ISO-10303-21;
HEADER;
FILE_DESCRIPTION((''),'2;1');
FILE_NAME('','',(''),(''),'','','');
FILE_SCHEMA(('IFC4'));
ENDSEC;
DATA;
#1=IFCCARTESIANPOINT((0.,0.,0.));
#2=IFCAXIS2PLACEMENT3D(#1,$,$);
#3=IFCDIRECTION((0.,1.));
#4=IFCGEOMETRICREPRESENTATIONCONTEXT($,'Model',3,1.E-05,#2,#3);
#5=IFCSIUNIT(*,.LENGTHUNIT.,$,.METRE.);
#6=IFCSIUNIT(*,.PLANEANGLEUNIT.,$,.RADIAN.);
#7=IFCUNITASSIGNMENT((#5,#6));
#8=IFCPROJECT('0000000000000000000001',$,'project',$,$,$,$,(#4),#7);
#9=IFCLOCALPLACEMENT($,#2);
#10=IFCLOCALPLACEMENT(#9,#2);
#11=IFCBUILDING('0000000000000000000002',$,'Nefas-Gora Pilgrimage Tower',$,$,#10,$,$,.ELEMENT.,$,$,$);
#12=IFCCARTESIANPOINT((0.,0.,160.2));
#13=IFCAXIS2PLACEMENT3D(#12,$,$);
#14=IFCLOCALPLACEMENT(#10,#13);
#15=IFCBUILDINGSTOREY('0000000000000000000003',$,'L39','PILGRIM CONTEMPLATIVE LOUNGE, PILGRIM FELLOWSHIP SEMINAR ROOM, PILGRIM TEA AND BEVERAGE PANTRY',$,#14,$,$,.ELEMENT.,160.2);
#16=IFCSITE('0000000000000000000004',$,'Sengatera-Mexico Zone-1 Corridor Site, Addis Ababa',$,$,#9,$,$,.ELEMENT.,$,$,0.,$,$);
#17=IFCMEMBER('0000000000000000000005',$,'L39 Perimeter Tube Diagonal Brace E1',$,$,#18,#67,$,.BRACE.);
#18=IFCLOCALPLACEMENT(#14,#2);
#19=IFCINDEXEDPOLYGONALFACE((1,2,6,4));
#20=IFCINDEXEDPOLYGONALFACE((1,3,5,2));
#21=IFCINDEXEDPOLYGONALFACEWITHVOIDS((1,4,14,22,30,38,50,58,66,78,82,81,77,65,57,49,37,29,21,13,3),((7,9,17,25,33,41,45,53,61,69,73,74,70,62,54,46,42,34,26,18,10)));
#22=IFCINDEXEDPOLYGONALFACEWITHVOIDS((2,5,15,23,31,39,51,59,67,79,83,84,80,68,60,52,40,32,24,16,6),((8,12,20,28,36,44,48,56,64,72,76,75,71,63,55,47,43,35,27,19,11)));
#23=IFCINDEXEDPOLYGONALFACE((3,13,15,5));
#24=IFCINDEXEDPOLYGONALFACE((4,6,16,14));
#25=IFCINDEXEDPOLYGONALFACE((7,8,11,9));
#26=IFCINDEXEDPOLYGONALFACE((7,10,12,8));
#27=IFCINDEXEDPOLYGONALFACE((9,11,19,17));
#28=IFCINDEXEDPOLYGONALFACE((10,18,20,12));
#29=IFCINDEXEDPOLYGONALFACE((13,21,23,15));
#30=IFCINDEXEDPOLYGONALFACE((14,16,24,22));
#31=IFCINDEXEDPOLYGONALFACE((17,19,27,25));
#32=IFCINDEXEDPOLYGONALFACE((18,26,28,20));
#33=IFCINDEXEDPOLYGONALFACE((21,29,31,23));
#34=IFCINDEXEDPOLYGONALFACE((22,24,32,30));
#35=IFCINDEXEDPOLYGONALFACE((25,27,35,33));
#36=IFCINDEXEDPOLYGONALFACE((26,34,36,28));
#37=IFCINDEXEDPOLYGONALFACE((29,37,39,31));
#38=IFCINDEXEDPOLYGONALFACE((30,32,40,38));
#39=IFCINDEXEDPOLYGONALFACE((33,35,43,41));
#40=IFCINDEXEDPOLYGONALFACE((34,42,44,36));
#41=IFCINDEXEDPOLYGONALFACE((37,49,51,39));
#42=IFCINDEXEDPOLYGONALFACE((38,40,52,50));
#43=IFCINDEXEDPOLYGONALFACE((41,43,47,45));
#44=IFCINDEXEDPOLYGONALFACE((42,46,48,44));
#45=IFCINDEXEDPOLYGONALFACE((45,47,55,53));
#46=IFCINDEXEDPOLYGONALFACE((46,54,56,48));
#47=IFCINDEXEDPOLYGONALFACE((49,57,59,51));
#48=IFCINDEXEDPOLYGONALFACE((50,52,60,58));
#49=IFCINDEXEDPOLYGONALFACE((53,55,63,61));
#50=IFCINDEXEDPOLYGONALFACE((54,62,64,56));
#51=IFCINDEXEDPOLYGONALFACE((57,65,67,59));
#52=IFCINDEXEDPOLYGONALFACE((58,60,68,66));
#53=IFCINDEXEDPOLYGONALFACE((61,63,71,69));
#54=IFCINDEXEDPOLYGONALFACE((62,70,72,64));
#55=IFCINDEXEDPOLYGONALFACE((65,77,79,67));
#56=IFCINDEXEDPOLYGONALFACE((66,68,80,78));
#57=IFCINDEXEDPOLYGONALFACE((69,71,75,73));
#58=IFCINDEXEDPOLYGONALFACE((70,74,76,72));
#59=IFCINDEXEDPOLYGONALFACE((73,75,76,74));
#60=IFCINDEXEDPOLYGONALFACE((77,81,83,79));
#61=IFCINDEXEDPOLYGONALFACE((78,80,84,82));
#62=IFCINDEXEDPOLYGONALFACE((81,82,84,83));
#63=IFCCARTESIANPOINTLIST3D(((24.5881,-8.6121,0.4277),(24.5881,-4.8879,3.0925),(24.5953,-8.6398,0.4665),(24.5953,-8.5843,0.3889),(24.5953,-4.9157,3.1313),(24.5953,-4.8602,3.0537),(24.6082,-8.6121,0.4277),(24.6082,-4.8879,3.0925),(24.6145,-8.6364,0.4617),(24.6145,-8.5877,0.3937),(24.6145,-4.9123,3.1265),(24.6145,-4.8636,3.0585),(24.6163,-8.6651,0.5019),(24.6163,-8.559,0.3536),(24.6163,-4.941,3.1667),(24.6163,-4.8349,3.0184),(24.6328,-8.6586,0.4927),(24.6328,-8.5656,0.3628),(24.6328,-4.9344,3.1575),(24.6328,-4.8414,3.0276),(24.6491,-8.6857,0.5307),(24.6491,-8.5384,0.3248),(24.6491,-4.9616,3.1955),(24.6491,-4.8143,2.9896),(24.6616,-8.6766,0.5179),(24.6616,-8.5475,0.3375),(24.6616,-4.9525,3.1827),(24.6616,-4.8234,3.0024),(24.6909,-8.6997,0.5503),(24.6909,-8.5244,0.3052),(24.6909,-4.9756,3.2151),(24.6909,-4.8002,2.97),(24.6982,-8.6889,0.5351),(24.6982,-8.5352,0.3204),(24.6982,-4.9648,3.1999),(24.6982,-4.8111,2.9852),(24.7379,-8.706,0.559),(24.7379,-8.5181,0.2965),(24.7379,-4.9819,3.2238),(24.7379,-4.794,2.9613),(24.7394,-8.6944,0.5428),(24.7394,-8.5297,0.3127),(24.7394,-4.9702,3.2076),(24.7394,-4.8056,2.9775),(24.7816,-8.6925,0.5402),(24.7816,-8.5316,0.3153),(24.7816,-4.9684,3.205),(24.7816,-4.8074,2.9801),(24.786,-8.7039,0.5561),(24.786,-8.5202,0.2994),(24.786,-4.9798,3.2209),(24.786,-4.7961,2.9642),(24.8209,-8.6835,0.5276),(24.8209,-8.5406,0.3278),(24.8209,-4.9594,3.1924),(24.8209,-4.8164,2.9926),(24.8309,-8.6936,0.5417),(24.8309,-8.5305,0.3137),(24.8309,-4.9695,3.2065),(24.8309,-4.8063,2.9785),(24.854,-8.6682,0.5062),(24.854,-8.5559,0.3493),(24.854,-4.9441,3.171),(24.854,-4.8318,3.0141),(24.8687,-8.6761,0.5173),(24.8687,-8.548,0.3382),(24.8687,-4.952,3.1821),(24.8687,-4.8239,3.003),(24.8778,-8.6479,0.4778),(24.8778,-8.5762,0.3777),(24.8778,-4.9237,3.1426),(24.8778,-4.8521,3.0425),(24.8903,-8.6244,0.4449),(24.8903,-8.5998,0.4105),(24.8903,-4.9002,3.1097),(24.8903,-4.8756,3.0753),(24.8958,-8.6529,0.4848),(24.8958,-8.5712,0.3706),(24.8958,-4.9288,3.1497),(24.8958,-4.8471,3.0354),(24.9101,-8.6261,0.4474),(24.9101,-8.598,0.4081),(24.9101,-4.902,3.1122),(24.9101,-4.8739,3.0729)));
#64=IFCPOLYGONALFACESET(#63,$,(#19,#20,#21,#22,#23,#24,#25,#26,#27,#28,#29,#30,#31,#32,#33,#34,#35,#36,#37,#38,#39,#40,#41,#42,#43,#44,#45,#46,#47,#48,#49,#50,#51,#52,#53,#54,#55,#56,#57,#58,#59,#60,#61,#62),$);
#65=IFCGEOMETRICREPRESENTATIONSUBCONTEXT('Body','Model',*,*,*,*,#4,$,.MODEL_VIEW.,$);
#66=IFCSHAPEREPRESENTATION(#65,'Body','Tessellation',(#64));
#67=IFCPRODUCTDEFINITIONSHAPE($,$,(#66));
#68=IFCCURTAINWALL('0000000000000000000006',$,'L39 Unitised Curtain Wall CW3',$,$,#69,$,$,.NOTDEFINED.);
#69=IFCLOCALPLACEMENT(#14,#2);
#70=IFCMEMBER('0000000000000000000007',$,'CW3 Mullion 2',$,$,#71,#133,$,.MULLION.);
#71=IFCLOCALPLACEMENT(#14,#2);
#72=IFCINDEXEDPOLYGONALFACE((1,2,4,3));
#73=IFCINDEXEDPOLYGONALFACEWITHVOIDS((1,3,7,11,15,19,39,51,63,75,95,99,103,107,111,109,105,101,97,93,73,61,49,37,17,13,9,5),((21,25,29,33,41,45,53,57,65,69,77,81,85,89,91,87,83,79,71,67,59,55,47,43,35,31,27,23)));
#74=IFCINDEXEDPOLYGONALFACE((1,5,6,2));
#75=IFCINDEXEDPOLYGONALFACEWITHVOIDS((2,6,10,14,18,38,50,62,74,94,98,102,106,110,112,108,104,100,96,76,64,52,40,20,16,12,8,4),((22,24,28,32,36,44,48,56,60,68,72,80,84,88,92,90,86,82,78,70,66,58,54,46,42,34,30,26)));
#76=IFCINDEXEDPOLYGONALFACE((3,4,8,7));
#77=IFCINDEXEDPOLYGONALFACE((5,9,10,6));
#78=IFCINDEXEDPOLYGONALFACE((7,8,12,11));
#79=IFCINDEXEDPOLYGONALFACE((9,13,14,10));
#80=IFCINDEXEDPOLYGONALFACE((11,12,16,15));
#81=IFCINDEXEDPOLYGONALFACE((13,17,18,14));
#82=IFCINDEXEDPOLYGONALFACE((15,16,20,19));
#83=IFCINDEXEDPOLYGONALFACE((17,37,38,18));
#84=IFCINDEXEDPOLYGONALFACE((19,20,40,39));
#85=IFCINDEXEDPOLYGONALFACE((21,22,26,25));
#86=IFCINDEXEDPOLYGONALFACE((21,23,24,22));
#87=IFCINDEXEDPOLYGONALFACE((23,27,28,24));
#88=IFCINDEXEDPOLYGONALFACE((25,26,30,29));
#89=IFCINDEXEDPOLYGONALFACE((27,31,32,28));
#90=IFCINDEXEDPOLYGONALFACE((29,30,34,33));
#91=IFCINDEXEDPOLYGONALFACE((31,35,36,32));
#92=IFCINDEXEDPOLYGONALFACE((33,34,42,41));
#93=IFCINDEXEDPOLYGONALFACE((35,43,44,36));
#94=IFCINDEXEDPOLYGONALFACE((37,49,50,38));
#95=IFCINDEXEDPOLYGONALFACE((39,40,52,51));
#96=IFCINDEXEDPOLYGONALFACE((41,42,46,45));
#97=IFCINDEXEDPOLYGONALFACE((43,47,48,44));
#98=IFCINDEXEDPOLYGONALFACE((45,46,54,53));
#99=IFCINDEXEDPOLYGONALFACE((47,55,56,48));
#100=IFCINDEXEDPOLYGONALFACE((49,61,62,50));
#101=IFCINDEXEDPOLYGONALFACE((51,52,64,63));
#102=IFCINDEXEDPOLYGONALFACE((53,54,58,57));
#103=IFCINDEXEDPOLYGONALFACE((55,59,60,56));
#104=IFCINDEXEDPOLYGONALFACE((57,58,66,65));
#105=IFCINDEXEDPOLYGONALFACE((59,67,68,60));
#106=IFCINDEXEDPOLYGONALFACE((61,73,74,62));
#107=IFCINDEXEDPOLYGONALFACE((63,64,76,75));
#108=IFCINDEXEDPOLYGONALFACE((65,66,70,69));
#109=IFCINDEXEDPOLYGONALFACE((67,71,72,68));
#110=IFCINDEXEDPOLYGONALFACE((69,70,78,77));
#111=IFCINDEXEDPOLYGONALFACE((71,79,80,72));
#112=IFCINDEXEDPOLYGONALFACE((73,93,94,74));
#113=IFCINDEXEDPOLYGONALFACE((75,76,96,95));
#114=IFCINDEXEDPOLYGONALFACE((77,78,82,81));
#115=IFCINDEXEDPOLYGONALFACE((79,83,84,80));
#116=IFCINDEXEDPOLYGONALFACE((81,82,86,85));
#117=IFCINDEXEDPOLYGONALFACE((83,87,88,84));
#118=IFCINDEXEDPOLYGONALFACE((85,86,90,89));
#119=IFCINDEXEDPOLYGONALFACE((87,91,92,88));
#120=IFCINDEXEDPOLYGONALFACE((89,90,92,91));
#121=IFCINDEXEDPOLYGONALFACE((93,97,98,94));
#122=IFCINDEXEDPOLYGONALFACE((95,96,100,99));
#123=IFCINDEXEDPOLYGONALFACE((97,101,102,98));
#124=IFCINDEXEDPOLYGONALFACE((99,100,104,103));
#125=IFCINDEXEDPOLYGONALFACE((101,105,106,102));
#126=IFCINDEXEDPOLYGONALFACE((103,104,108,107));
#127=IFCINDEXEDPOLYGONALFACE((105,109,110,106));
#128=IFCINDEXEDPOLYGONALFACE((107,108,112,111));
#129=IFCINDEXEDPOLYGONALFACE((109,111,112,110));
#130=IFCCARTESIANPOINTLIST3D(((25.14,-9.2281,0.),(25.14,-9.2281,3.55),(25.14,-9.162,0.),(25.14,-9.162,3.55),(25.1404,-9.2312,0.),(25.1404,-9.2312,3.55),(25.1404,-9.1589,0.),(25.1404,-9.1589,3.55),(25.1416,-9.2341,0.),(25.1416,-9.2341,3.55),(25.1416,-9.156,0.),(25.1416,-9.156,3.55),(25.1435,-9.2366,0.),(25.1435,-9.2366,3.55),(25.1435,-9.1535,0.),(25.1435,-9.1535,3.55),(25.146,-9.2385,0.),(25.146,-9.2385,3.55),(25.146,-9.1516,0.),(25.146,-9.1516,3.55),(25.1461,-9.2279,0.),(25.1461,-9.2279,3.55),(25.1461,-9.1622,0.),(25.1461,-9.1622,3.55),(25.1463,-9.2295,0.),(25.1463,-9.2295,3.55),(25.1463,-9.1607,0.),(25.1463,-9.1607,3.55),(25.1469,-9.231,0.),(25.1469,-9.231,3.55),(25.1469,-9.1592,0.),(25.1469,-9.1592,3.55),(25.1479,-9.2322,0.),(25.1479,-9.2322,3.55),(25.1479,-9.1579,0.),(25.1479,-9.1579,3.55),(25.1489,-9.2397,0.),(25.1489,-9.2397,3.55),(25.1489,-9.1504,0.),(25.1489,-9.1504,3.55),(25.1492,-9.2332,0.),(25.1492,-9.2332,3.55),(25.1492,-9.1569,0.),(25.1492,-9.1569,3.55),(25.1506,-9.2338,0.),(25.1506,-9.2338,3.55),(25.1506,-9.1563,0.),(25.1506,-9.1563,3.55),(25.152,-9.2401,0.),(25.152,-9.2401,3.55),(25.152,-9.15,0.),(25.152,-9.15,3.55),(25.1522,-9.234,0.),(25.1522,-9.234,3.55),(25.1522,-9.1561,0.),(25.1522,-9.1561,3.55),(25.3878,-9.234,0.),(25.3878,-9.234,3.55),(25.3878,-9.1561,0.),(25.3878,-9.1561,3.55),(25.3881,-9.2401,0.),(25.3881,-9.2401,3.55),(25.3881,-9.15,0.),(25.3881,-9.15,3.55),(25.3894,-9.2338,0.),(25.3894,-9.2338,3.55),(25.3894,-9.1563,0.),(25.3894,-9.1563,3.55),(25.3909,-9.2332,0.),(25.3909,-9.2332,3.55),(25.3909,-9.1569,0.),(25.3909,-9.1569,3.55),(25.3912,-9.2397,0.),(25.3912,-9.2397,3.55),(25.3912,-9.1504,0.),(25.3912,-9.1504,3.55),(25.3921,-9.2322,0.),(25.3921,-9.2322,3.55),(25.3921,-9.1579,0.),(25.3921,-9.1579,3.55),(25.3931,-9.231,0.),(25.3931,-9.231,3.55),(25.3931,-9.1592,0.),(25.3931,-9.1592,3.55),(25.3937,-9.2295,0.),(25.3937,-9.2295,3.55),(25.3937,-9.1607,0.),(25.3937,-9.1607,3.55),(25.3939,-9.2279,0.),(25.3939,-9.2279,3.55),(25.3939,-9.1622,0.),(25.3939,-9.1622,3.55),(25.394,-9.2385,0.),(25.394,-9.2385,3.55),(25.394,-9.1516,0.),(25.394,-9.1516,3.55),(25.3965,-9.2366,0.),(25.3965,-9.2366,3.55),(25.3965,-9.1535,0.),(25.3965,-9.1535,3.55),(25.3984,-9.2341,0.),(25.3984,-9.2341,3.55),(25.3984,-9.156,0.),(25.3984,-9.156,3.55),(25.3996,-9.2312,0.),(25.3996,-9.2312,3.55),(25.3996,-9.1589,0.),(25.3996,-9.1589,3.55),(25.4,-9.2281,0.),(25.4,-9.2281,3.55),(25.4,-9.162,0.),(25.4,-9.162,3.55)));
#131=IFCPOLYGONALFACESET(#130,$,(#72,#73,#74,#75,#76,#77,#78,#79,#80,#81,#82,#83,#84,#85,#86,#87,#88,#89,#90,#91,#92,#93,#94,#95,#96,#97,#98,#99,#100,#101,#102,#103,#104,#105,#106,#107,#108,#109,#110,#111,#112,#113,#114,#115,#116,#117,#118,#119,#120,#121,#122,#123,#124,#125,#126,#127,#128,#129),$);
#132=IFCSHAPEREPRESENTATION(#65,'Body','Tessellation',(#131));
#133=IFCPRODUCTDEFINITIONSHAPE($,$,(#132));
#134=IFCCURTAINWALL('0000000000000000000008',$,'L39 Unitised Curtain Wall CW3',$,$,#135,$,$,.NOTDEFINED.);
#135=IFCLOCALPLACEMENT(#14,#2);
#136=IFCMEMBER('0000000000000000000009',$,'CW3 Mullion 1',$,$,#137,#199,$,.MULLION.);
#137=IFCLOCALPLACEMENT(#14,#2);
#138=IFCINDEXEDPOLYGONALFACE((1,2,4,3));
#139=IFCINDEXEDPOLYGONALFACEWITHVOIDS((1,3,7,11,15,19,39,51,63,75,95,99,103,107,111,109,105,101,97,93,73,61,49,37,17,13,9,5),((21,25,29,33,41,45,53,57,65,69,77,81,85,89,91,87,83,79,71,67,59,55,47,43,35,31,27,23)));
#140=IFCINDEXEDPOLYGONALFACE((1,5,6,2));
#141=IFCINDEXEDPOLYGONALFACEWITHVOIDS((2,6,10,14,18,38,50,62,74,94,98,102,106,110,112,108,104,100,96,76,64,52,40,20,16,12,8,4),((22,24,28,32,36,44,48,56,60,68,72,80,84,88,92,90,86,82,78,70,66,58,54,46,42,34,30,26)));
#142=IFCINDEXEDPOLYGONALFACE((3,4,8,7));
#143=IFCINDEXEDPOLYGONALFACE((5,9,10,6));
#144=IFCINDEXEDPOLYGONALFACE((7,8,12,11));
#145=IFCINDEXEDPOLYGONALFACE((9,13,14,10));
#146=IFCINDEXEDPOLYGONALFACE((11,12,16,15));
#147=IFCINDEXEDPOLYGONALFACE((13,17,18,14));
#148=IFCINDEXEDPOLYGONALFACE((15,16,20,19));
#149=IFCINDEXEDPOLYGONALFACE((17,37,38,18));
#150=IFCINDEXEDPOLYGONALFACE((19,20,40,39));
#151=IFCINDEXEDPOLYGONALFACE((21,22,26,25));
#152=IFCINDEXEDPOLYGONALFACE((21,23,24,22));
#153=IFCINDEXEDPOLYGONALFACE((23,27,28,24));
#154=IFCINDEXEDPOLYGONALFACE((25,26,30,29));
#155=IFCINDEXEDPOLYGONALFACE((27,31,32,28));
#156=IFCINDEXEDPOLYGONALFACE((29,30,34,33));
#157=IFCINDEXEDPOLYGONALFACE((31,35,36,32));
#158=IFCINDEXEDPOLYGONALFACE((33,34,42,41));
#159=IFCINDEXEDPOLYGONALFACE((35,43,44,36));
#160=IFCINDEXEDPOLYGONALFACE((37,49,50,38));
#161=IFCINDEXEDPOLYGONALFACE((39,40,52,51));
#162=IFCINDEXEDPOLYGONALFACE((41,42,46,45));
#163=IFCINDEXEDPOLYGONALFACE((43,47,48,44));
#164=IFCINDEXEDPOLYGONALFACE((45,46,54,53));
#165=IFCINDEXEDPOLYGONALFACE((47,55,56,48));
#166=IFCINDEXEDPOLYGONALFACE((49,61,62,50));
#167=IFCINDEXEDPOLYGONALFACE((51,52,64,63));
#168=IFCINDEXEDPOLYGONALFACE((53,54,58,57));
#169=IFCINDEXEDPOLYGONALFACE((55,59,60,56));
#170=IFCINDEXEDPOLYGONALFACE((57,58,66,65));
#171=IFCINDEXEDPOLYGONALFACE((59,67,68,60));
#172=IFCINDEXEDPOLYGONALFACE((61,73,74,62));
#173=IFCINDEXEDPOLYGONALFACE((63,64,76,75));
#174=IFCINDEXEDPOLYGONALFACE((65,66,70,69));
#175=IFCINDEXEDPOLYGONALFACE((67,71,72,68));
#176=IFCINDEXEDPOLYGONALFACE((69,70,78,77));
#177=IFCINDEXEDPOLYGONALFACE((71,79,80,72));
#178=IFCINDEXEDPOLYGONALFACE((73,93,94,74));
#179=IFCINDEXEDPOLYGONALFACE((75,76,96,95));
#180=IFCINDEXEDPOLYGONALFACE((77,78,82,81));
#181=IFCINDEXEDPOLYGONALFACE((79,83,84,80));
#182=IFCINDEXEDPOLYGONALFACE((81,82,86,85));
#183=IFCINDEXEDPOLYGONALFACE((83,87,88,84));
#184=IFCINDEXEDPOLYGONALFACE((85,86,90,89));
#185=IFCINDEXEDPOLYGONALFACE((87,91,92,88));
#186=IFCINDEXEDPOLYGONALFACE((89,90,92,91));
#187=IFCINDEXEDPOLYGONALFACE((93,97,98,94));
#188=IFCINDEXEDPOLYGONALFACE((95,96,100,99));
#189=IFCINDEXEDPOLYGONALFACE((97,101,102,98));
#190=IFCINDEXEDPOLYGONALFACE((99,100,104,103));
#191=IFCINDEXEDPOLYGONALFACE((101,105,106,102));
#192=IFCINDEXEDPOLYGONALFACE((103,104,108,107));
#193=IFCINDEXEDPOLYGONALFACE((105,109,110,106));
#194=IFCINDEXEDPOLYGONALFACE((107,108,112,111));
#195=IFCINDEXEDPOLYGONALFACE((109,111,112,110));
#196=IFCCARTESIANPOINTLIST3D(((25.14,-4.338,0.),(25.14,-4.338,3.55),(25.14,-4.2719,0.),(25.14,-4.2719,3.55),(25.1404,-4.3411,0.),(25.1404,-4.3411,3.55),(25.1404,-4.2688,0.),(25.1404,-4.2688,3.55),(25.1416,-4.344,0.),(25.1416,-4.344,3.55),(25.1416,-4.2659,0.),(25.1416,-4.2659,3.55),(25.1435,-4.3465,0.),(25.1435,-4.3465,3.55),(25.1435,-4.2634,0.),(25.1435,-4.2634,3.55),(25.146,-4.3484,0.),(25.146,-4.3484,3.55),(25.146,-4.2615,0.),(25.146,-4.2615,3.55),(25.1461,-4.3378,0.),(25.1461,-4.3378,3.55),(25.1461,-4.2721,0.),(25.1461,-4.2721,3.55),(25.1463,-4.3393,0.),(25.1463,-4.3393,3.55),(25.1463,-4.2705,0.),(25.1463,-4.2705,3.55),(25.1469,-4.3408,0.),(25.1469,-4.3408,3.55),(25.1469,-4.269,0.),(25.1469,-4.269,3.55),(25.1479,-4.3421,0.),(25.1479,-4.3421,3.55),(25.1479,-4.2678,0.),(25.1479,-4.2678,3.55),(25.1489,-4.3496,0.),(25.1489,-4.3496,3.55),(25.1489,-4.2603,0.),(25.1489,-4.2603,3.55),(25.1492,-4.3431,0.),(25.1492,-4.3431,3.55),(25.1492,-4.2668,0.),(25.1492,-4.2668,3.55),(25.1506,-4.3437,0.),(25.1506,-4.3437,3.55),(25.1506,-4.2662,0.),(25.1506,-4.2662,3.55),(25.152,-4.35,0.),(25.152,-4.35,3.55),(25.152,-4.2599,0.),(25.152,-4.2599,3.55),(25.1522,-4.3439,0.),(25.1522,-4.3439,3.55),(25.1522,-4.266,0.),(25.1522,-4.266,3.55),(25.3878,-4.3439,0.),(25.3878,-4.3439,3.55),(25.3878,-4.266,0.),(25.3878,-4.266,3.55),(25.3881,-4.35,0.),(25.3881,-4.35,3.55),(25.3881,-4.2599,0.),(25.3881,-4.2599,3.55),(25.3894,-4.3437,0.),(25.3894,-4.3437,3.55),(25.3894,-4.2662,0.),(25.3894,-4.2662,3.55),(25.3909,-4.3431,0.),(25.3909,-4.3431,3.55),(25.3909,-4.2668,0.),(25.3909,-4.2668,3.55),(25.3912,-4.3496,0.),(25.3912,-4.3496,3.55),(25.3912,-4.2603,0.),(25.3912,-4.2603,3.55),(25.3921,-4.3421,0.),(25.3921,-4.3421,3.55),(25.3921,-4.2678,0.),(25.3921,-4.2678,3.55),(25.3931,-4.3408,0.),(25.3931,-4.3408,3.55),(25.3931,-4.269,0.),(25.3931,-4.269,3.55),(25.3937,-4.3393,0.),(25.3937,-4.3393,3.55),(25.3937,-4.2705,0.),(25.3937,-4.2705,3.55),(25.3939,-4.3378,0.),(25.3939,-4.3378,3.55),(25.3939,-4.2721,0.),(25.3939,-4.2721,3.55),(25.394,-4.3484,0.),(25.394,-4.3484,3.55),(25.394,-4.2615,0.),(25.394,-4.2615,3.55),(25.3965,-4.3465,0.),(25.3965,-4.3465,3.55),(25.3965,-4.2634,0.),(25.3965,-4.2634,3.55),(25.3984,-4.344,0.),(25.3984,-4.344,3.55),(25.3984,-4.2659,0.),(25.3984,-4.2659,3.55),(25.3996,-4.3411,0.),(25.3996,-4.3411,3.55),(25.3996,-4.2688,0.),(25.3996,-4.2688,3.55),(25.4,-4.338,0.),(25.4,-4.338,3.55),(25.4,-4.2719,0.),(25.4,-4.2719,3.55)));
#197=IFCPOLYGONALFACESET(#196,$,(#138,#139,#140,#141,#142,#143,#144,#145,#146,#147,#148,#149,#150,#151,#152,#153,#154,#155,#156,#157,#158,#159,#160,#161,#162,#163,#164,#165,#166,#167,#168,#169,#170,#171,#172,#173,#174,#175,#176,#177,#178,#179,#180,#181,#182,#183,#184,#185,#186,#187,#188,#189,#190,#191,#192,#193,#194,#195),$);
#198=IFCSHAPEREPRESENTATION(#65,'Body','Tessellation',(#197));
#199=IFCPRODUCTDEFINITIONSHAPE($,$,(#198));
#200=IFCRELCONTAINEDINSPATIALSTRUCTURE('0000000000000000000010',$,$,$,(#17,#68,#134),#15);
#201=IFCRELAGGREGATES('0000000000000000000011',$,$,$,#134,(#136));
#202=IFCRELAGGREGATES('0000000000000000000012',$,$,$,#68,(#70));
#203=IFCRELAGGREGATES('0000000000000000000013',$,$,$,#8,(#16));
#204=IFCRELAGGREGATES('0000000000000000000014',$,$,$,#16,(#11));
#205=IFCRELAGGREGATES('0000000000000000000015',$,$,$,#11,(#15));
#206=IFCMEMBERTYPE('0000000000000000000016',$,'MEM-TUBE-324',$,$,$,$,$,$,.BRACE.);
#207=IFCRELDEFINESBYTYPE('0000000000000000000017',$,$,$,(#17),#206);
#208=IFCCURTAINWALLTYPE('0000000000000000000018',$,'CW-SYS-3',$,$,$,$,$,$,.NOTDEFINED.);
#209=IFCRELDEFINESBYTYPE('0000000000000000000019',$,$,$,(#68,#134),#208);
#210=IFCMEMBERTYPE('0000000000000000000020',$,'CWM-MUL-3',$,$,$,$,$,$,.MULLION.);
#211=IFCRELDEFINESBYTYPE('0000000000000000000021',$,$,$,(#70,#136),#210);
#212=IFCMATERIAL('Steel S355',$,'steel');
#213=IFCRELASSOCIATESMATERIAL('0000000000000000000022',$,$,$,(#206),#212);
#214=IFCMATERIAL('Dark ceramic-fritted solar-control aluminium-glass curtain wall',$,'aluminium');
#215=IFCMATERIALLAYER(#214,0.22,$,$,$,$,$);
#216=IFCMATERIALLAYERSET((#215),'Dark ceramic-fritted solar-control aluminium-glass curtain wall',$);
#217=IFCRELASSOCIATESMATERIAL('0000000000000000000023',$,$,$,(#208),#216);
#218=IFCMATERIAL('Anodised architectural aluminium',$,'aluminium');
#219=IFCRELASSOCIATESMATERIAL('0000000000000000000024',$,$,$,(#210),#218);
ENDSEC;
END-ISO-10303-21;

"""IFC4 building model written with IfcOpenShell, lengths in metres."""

from ifc_helpers import new_model, si_unit, direction, frame, origin, origin_2d, place, context, subcontext, project, spatial, hollow_rectangle, hollow_circle, extrude, source, transform, mapped, material, layer, layer_set, material_profile, profile_set, type_object, element, aggregate, save


model = new_model("IFC4")

# Units and contexts
model_context = context("Model", 3, precision=1e-05, world=origin(), true_north=direction((0.0, 1.0)))
body_context = subcontext(model_context, "Body", "Model", "MODEL_VIEW")
ifc_project = project(units=[si_unit("LENGTHUNIT", "METRE"), si_unit("PLANEANGLEUNIT", "RADIAN")], contexts=[model_context])

# Site, building, storey
site_placement = place(None, origin())
site = spatial("IfcSite", under=ifc_project, at=site_placement, Name="Sengatera-Mexico Zone-1 Corridor Site, Addis Ababa", CompositionType="ELEMENT", RefElevation=0.0)
building_placement = place(site_placement, origin())
building = spatial("IfcBuilding", under=site, at=building_placement, Name="Nefas-Gora Pilgrimage Tower", CompositionType="ELEMENT")
storey_placement = place(building_placement, frame((0.0, 0.0, 160.2)))
storey = spatial("IfcBuildingStorey", under=building, at=storey_placement, Name="L39", Description="PILGRIM CONTEMPLATIVE LOUNGE, PILGRIM FELLOWSHIP SEMINAR ROOM, PILGRIM TEA AND BEVERAGE PANTRY", CompositionType="ELEMENT", Elevation=160.2)

# Shared definitions
ifc_material_1 = material(Name="Steel S355", Category="steel")

# Member
ifc_material_profile_1 = material_profile(ifc_material_1, hollow_circle(Radius=0.1619, WallThickness=0.02, at=origin_2d()), Name="CHS 323.9x20")
ifc_profile_set_1 = profile_set([ifc_material_profile_1], Name="Steel S355")
member_type_1 = type_object("IfcMemberType", Name="MEM-TUBE-324", PredefinedType="BRACE", material=ifc_profile_set_1)
shared_shape_1 = source(origin(), body_context, "Body", "SweptSolid", [
    extrude(hollow_circle(Radius=0.1619, WallThickness=0.02, at=origin_2d()), origin(), (0.0, 0.0, 1.0), 4.5793),
])
member_1_placement = place(storey_placement, frame((24.75, -8.6121, 0.4277), z_axis=(0.0, 0.813247, 0.581919), x_axis=(-1.0, 0.0, 0.0)))
element("IfcMember", 1, at=member_1_placement, inside=storey, type_object=member_type_1, Name="L39 Perimeter Tube Diagonal Brace E1", PredefinedType="BRACE", context=body_context, shape_type="MappedRepresentation", body=[
    mapped(shared_shape_1, transform((0.0, 0.0, 0.0), x_axis=(1.0, 0.0, 0.0), y_axis=(0.0, 1.0, 0.0), z_axis=(0.0, 0.0, 1.0), scale=1.0)),
])

# Curtain wall, member
ifc_material_2 = material(Name="Dark ceramic-fritted solar-control aluminium-glass curtain wall", Category="aluminium")
ifc_layer_1 = layer(ifc_material_2, 0.22)
ifc_layer_set_1 = layer_set([ifc_layer_1], Name="Dark ceramic-fritted solar-control aluminium-glass curtain wall")
curtain_wall_type = type_object("IfcCurtainWallType", Name="CW-SYS-3", PredefinedType="NOTDEFINED", material=ifc_layer_set_1)
curtain_wall_1_placement = place(storey_placement, origin())
curtain_wall_1 = element("IfcCurtainWall", 2, at=curtain_wall_1_placement, inside=storey, type_object=curtain_wall_type, Name="L39 Unitised Curtain Wall CW3", PredefinedType="NOTDEFINED")
ifc_material_3 = material(Name="Anodised architectural aluminium", Category="aluminium")
ifc_material_profile_2 = material_profile(ifc_material_3, hollow_rectangle(XDim=0.0901, YDim=0.26, WallThickness=0.0061, InnerFilletRadius=0.0061, OuterFilletRadius=0.012, at=origin_2d()), Name="ALU MULLION 90x260")
ifc_profile_set_2 = profile_set([ifc_material_profile_2], Name="Anodised architectural aluminium")
member_type_2 = type_object("IfcMemberType", Name="CWM-MUL-3", PredefinedType="MULLION", material=ifc_profile_set_2)
shared_shape_2 = source(origin(), body_context, "Body", "SweptSolid", [
    extrude(hollow_rectangle(XDim=0.0901, YDim=0.26, WallThickness=0.0061, InnerFilletRadius=0.0061, OuterFilletRadius=0.012, at=origin_2d()), origin(), (0.0, 0.0, 1.0), 3.55),
])
member_2_placement = place(storey_placement, frame((25.27, -9.1951, 0.0), z_axis=(0.0, 0.0, 1.0), x_axis=(0.0, 1.0, 0.0)))
member_2 = element("IfcMember", 3, at=member_2_placement, type_object=member_type_2, Name="CW3 Mullion 2", PredefinedType="MULLION", context=body_context, shape_type="MappedRepresentation", body=[
    mapped(shared_shape_2, transform((0.0, 0.0, 0.0), x_axis=(1.0, 0.0, 0.0), y_axis=(0.0, 1.0, 0.0), z_axis=(0.0, 0.0, 1.0), scale=1.0)),
])

# Curtain wall, member
curtain_wall_2_placement = place(storey_placement, origin())
curtain_wall_2 = element("IfcCurtainWall", 4, at=curtain_wall_2_placement, inside=storey, type_object=curtain_wall_type, Name="L39 Unitised Curtain Wall CW3", PredefinedType="NOTDEFINED")
member_3_placement = place(storey_placement, frame((25.27, -4.3049, 0.0), z_axis=(0.0, 0.0, 1.0), x_axis=(0.0, 1.0, 0.0)))
member_3 = element("IfcMember", 5, at=member_3_placement, type_object=member_type_2, Name="CW3 Mullion 1", PredefinedType="MULLION", context=body_context, shape_type="MappedRepresentation", body=[
    mapped(shared_shape_2, transform((0.0, 0.0, 0.0), x_axis=(1.0, 0.0, 0.0), y_axis=(0.0, 1.0, 0.0), z_axis=(0.0, 0.0, 1.0), scale=1.0)),
])
aggregate(curtain_wall_2, [member_3])

aggregate(curtain_wall_1, [member_2])

save(model, "model.ifc")
